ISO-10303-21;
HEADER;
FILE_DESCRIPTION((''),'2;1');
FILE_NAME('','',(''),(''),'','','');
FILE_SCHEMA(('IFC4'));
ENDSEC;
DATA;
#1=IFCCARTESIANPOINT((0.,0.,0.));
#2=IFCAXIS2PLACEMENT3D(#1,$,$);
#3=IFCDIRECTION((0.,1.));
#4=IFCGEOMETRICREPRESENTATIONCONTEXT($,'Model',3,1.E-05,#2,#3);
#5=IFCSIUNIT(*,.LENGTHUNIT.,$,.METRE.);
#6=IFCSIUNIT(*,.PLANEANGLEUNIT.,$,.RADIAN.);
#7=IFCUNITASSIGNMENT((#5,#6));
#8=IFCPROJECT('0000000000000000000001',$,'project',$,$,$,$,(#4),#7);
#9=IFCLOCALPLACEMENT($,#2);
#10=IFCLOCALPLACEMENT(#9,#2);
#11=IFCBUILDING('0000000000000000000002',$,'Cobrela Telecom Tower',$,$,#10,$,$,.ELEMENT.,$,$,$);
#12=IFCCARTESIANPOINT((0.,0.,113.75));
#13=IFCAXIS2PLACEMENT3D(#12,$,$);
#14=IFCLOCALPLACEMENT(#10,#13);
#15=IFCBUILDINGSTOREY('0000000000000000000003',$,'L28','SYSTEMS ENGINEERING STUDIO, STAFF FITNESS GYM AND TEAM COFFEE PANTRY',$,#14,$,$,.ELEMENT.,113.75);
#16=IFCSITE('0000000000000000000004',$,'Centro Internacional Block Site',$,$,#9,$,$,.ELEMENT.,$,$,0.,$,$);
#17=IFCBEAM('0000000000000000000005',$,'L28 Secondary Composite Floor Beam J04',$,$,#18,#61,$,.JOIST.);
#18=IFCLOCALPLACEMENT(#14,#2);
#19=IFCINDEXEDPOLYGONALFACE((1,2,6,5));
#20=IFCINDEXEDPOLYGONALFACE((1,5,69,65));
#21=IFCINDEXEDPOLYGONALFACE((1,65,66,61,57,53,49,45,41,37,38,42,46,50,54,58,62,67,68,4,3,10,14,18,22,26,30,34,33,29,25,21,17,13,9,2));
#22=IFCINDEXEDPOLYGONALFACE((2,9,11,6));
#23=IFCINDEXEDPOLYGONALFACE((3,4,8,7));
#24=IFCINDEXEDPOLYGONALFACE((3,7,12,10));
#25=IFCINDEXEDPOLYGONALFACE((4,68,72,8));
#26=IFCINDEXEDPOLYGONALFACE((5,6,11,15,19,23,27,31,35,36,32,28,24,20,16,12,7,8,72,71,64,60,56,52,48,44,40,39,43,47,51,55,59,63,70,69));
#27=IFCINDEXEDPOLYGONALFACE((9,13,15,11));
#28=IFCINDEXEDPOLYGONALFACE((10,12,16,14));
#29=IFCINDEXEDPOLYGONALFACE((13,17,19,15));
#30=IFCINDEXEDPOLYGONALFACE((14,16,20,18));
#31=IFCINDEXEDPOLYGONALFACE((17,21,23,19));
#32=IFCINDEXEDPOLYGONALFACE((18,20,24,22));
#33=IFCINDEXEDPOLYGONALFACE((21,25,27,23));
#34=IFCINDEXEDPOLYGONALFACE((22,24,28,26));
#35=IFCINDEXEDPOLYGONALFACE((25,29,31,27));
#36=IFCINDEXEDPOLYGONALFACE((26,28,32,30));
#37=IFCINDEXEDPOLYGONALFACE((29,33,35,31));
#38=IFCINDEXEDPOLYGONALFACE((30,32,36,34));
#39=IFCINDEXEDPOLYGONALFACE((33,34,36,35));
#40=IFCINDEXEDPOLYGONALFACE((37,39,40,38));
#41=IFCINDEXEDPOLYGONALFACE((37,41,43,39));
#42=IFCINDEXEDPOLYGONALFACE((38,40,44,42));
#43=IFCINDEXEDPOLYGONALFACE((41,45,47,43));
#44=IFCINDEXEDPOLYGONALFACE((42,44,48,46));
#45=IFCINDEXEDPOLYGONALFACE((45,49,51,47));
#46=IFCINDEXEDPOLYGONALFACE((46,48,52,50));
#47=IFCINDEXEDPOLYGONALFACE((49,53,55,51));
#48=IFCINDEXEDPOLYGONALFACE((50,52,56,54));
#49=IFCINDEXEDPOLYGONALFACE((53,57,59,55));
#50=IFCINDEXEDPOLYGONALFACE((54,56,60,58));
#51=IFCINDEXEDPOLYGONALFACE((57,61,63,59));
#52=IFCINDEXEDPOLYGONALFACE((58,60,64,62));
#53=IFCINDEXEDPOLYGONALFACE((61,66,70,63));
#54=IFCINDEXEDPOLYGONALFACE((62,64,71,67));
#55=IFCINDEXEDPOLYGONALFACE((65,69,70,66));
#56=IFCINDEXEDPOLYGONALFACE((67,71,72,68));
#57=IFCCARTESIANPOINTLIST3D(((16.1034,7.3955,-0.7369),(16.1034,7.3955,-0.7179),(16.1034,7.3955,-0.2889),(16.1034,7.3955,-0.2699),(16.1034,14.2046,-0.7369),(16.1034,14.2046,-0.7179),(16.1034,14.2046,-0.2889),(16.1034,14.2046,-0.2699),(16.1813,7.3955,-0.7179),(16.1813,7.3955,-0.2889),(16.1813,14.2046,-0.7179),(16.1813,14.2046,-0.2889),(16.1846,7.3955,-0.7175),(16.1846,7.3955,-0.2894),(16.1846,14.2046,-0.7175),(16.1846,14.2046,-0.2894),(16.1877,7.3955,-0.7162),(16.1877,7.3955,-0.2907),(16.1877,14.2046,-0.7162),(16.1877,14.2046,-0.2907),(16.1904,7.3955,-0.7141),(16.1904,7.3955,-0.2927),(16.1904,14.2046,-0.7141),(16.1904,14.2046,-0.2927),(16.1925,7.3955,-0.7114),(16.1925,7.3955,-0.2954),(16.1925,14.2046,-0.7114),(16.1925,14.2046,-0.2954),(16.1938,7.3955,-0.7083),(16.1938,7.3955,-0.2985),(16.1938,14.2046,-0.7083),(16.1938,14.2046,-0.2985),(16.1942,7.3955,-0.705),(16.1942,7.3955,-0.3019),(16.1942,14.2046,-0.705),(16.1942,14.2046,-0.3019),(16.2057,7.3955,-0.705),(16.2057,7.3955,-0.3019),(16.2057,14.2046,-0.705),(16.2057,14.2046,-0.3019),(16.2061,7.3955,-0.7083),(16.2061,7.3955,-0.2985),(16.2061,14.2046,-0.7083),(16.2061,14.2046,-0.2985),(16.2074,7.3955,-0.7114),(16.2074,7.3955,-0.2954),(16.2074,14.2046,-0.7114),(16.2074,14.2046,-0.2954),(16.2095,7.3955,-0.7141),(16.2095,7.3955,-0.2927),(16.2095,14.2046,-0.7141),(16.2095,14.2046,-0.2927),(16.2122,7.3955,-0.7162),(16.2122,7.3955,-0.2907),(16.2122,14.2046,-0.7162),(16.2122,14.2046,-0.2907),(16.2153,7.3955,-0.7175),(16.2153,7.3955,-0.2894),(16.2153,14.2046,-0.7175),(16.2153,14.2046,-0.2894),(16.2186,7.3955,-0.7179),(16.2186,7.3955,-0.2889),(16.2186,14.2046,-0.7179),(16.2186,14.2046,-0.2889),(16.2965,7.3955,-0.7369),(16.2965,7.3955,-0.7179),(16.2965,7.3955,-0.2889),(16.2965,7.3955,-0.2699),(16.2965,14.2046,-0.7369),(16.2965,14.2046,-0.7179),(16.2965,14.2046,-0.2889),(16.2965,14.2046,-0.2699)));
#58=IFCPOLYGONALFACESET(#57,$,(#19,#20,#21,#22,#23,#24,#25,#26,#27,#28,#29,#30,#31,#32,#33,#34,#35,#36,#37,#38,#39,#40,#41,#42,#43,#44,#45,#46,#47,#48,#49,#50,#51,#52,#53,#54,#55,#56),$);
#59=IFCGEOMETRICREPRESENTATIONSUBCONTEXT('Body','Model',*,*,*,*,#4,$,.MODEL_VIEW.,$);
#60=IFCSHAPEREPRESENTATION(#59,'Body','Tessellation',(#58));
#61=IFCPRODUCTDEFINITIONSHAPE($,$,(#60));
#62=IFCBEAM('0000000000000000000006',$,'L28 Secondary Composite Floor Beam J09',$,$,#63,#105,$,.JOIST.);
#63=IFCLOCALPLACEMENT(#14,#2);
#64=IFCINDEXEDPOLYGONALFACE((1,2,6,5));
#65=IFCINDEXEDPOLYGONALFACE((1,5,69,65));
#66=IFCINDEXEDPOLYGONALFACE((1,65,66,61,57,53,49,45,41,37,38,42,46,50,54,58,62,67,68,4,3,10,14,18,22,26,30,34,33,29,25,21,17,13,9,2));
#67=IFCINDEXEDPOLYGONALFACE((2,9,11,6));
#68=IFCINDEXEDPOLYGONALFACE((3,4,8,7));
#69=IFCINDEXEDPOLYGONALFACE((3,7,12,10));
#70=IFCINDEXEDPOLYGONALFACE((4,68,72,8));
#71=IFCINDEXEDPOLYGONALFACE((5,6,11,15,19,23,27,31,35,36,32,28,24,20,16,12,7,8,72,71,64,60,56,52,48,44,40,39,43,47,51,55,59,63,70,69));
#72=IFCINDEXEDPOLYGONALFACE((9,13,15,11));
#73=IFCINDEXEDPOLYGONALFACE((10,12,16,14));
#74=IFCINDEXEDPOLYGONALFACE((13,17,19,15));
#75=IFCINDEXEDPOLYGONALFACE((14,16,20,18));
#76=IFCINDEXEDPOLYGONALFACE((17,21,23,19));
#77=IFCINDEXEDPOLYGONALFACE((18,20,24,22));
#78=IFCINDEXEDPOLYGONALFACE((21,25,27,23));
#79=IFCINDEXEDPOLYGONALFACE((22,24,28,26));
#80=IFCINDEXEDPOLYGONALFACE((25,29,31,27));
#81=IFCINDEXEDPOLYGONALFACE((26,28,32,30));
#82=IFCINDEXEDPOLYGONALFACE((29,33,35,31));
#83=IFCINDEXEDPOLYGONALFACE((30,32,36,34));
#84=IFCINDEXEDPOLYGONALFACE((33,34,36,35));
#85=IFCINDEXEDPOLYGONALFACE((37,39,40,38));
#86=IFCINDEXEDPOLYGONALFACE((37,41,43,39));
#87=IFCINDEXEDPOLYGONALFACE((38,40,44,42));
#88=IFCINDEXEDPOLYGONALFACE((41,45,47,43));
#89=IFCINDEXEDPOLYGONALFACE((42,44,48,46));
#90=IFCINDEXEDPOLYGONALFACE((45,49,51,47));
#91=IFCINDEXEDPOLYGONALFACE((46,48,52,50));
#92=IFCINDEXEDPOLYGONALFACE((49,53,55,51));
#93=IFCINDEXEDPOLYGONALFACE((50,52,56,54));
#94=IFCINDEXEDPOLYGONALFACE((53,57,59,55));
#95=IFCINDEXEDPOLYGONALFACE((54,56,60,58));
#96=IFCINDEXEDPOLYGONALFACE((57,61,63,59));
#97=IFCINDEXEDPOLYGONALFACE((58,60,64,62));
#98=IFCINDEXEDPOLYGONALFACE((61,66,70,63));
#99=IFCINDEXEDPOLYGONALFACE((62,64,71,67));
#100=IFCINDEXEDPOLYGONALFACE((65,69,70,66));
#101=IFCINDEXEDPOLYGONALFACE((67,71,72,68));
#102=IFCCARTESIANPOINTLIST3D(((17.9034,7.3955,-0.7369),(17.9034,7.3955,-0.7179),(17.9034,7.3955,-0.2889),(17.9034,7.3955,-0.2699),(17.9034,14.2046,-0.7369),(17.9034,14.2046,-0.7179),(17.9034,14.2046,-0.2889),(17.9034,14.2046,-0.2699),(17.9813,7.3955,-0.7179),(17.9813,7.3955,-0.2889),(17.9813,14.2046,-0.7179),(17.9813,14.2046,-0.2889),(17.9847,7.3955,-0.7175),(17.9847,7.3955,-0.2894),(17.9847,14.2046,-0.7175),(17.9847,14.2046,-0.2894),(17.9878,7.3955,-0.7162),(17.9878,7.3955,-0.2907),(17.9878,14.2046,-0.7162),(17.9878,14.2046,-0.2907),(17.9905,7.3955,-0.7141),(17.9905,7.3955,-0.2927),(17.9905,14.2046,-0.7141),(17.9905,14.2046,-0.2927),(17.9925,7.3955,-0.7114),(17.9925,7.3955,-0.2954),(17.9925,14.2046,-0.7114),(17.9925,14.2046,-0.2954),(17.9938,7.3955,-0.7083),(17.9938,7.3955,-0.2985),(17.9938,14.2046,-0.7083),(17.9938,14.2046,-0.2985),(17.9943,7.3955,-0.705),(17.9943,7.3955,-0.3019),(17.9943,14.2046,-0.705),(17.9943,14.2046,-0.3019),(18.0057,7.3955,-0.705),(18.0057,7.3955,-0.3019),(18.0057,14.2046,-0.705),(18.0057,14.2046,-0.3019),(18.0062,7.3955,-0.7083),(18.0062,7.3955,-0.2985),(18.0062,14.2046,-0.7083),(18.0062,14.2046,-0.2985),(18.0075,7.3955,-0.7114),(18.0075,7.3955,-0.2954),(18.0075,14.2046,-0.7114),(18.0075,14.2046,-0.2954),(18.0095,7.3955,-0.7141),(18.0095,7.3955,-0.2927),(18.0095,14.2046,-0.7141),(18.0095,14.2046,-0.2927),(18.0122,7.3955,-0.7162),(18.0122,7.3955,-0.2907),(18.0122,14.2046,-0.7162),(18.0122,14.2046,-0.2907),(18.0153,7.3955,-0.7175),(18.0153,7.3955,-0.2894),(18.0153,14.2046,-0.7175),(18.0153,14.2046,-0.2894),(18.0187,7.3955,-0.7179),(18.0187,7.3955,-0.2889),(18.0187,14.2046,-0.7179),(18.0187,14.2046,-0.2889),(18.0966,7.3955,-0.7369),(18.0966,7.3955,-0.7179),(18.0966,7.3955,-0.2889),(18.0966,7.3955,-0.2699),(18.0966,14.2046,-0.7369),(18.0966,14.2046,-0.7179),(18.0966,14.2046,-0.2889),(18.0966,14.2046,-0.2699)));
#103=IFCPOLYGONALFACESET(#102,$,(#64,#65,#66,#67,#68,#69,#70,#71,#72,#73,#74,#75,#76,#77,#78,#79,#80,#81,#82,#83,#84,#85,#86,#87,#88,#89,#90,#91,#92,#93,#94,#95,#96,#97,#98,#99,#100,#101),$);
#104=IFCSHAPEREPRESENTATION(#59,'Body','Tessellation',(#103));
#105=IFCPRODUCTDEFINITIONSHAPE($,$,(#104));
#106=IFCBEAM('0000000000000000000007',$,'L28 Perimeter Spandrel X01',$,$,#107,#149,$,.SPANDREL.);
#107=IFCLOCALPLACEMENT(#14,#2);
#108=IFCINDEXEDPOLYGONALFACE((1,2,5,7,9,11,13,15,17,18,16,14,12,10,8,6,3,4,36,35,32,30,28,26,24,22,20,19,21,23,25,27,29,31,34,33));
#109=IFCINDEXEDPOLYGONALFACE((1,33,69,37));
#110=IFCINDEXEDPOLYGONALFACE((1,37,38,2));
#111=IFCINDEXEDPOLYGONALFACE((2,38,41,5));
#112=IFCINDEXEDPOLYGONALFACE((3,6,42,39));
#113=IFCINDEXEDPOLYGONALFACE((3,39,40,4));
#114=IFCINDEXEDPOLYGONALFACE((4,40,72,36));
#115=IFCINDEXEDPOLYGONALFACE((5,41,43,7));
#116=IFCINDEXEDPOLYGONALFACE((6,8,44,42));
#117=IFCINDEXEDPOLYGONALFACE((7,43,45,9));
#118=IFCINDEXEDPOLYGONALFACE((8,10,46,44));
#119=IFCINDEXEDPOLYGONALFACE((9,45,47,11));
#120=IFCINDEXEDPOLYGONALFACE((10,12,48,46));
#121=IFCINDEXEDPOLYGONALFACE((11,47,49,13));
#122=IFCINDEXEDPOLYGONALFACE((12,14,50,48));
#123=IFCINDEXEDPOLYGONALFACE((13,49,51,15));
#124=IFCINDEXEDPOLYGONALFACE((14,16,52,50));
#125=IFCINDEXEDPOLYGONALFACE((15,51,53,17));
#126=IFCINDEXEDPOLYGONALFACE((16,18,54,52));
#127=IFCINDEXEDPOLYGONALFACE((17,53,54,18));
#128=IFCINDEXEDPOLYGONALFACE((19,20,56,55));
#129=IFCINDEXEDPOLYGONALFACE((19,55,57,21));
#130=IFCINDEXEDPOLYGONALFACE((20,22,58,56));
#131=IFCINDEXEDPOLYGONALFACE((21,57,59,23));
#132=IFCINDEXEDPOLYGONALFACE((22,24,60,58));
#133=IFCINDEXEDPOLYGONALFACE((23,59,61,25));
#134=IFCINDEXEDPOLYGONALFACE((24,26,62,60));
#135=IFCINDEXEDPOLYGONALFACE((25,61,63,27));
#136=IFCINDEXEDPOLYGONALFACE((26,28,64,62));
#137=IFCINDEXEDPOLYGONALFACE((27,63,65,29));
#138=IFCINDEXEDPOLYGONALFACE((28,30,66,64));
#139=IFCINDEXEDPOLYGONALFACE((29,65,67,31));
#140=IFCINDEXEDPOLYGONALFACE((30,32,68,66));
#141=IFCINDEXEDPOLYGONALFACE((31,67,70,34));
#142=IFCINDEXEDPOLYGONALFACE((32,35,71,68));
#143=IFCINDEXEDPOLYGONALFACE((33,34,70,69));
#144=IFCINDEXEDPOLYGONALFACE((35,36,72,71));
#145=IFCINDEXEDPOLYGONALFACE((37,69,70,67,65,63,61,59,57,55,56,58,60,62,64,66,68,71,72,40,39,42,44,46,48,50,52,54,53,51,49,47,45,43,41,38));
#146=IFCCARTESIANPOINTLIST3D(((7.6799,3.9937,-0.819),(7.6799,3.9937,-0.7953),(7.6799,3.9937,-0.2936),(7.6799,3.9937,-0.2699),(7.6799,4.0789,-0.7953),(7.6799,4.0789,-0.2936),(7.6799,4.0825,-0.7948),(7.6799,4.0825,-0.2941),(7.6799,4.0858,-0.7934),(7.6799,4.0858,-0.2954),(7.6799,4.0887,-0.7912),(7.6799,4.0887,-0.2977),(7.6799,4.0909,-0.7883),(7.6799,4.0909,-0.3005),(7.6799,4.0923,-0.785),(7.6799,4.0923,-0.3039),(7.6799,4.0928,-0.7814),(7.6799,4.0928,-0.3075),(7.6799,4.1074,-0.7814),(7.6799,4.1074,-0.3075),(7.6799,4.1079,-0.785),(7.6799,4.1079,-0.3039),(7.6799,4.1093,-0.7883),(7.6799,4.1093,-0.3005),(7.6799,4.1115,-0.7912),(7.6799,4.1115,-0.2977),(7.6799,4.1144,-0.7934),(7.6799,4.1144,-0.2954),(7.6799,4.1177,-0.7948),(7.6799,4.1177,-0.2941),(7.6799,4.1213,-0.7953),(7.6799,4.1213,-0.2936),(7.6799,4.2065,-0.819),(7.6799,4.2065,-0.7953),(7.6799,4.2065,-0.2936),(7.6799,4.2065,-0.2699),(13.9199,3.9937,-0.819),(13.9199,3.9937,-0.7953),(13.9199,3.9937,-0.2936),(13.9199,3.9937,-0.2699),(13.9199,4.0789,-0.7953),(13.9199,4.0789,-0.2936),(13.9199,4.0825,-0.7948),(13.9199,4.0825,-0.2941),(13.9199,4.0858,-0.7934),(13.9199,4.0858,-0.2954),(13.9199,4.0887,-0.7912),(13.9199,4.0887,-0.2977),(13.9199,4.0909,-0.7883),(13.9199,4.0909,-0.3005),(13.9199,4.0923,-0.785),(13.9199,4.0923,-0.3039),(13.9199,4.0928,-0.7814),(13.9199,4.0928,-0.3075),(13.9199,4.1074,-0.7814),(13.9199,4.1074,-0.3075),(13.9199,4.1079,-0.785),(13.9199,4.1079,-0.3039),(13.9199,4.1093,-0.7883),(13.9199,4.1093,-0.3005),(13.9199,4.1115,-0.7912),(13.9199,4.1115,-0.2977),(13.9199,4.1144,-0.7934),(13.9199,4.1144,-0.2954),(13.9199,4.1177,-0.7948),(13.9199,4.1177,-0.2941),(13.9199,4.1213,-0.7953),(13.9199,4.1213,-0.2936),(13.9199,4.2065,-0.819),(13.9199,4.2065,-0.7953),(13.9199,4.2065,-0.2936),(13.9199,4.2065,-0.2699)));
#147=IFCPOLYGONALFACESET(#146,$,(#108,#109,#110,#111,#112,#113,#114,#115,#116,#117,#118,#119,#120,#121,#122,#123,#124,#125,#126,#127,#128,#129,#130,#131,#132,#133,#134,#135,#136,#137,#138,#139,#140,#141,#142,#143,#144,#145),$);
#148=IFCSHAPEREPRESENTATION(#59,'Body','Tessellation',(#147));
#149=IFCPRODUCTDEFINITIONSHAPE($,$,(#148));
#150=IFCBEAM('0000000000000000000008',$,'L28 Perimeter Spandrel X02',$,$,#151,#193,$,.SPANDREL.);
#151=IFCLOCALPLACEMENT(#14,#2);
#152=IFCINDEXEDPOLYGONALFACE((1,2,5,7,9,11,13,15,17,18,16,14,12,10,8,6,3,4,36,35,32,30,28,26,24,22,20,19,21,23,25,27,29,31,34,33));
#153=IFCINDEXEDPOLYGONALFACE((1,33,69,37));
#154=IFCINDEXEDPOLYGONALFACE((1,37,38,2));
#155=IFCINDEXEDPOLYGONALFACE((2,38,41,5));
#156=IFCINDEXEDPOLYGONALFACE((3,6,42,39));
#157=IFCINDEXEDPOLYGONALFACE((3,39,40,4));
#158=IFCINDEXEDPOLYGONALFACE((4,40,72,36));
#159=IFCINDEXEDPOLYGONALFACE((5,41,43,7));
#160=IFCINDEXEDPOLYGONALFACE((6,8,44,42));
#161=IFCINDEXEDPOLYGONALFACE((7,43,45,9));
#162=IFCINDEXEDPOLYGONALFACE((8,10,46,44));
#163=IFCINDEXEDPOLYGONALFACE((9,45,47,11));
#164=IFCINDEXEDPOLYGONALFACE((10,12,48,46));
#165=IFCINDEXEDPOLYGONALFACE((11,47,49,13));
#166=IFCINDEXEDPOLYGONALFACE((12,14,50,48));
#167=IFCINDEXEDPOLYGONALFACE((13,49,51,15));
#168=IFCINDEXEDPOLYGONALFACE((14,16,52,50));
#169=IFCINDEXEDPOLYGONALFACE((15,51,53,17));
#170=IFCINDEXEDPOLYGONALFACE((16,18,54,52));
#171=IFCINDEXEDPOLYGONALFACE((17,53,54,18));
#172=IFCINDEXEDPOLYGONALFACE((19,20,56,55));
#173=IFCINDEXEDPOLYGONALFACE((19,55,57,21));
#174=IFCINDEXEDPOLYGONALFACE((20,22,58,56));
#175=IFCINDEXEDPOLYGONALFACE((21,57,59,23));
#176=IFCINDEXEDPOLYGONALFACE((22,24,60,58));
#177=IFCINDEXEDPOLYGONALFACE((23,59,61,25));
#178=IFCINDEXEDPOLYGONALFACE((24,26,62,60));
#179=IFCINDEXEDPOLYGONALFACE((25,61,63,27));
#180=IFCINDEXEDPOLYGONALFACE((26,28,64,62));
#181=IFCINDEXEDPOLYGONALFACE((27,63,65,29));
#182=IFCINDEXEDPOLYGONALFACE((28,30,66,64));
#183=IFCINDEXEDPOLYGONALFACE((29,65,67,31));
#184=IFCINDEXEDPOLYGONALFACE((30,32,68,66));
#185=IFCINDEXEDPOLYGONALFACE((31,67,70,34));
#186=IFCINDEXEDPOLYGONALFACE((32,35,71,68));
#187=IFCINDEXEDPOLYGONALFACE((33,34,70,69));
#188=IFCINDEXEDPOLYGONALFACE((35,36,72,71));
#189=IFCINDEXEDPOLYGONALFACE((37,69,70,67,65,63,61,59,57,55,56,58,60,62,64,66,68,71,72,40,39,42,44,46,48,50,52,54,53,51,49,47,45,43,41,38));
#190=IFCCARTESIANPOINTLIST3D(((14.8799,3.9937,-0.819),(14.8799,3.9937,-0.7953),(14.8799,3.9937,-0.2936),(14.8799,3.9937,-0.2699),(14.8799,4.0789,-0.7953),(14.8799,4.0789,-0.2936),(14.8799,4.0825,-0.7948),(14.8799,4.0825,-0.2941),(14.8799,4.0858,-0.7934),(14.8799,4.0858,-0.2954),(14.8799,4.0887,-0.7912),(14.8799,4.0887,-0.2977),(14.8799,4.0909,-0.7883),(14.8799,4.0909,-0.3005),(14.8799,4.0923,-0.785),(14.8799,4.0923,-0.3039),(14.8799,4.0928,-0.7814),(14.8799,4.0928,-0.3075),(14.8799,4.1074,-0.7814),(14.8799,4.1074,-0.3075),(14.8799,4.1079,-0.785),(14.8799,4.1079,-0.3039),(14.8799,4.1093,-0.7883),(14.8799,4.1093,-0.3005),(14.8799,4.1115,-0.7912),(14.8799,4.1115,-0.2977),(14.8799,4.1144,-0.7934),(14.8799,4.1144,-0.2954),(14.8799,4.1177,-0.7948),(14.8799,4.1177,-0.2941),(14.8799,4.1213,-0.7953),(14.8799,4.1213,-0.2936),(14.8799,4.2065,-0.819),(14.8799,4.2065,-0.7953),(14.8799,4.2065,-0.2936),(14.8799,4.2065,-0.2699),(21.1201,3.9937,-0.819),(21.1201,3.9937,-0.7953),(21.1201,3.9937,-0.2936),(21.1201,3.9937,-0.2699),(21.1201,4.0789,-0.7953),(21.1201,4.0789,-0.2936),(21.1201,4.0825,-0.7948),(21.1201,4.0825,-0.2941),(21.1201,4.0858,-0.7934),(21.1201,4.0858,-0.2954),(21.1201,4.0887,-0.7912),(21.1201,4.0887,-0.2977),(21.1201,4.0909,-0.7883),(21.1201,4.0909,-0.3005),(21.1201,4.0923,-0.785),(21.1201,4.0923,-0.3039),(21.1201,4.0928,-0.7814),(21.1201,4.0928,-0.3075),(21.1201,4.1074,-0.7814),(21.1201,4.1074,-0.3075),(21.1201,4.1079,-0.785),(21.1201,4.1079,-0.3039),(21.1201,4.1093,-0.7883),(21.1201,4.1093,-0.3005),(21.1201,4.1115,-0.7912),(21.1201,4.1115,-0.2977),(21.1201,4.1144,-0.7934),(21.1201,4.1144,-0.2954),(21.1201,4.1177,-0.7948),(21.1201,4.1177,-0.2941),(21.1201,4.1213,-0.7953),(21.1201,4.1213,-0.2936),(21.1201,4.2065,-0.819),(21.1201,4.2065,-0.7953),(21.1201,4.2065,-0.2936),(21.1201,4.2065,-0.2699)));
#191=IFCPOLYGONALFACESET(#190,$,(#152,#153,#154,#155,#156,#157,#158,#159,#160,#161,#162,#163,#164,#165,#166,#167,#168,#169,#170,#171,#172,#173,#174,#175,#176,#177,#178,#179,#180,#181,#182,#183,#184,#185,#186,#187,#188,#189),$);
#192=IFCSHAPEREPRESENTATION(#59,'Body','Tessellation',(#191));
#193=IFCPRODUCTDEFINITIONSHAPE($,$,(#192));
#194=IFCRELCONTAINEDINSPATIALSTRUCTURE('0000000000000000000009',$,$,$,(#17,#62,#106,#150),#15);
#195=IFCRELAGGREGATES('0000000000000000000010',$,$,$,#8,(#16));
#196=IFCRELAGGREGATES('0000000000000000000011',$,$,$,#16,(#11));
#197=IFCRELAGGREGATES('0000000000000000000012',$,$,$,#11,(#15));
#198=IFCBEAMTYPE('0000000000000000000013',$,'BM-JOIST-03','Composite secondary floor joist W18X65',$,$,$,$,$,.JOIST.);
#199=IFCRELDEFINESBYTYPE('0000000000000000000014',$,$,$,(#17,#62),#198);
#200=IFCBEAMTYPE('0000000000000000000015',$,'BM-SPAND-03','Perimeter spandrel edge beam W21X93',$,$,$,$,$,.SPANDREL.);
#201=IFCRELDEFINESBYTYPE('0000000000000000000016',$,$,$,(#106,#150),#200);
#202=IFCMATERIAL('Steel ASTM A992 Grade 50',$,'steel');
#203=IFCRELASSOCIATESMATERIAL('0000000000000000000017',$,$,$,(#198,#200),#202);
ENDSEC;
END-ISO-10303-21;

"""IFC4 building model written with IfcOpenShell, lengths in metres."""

from ifc_helpers import new_model, si_unit, direction, frame, origin, origin_2d, place, context, subcontext, project, spatial, i_section, extrude, material, material_profile, profile_set, type_object, element, save


model = new_model("IFC4")

# Units and contexts
model_context = context("Model", 3, precision=1e-05, world=origin(), true_north=direction((0.0, 1.0)))
body_context = subcontext(model_context, "Body", "Model", "MODEL_VIEW")
ifc_project = project(units=[si_unit("LENGTHUNIT", "METRE"), si_unit("PLANEANGLEUNIT", "RADIAN")], contexts=[model_context])

# Site, building, storey
site_placement = place(None, origin())
site = spatial("IfcSite", under=ifc_project, at=site_placement, Name="Centro Internacional Block Site", CompositionType="ELEMENT", RefElevation=0.0)
building_placement = place(site_placement, origin())
building = spatial("IfcBuilding", under=site, at=building_placement, Name="Cobrela Telecom Tower", CompositionType="ELEMENT")
storey_placement = place(building_placement, frame((0.0, 0.0, 113.75)))
storey = spatial("IfcBuildingStorey", under=building, at=storey_placement, Name="L28", Description="SYSTEMS ENGINEERING STUDIO, STAFF FITNESS GYM AND TEAM COFFEE PANTRY", CompositionType="ELEMENT", Elevation=113.75)

# Beams
ifc_material_1 = material(Name="Steel ASTM A992 Grade 50", Category="steel")
ifc_material_profile_1 = material_profile(ifc_material_1, i_section(OverallWidth=0.1931, OverallDepth=0.467, WebThickness=0.0115, FlangeThickness=0.019, FilletRadius=0.0129, at=origin_2d()), Name="W18X65")
ifc_profile_set_1 = profile_set([ifc_material_profile_1], Name="Steel ASTM A992 Grade 50")
beam_type_1 = type_object("IfcBeamType", Name="BM-JOIST-03", Description="Composite secondary floor joist W18X65", PredefinedType="JOIST", material=ifc_profile_set_1)
for number, where, z_axis, x_axis, name in (
    (1, (16.2, 7.3955, -0.5034), (0.0, 1.0, 0.0), (-1.0, 0.0, 0.0), "L28 Secondary Composite Floor Beam J04"),
    (2, (18.0, 7.3955, -0.5034), (0.0, 1.0, 0.0), (-1.0, 0.0, 0.0), "L28 Secondary Composite Floor Beam J09"),
):
    element("IfcBeam", number, at=place(storey_placement, frame(where, z_axis=z_axis, x_axis=x_axis)), inside=storey, type_object=beam_type_1, Name=name, PredefinedType="JOIST", context=body_context, shape_type="SweptSolid", body=[
        extrude(i_section(OverallWidth=0.1931, OverallDepth=0.467, WebThickness=0.0115, FlangeThickness=0.019, FilletRadius=0.0129, at=origin_2d()), origin(), (0.0, 0.0, 1.0), 6.8091),
    ])
ifc_material_profile_2 = material_profile(ifc_material_1, i_section(OverallWidth=0.2129, OverallDepth=0.5491, WebThickness=0.0146, FlangeThickness=0.0237, FilletRadius=0.0139, at=origin_2d()), Name="W21X93")
ifc_profile_set_2 = profile_set([ifc_material_profile_2], Name="Steel ASTM A992 Grade 50")
beam_type_2 = type_object("IfcBeamType", Name="BM-SPAND-03", Description="Perimeter spandrel edge beam W21X93", PredefinedType="SPANDREL", material=ifc_profile_set_2)
beam_1_placement = place(storey_placement, frame((7.6799, 4.1001, -0.5444), z_axis=(1.0, 0.0, 0.0), x_axis=(0.0, 1.0, 0.0)))
element("IfcBeam", 3, at=beam_1_placement, inside=storey, type_object=beam_type_2, Name="L28 Perimeter Spandrel X01", PredefinedType="SPANDREL", context=body_context, shape_type="SweptSolid", body=[
    extrude(i_section(OverallWidth=0.2129, OverallDepth=0.5491, WebThickness=0.0146, FlangeThickness=0.0237, FilletRadius=0.0139, at=origin_2d()), origin(), (0.0, 0.0, 1.0), 6.24),
])
beam_2_placement = place(storey_placement, frame((14.8799, 4.1001, -0.5444), z_axis=(1.0, 0.0, 0.0), x_axis=(0.0, 1.0, 0.0)))
element("IfcBeam", 4, at=beam_2_placement, inside=storey, type_object=beam_type_2, Name="L28 Perimeter Spandrel X02", PredefinedType="SPANDREL", context=body_context, shape_type="SweptSolid", body=[
    extrude(i_section(OverallWidth=0.2129, OverallDepth=0.5491, WebThickness=0.0146, FlangeThickness=0.0237, FilletRadius=0.0139, at=origin_2d()), origin(), (0.0, 0.0, 1.0), 6.2402),
])

save(model, "model.ifc")
